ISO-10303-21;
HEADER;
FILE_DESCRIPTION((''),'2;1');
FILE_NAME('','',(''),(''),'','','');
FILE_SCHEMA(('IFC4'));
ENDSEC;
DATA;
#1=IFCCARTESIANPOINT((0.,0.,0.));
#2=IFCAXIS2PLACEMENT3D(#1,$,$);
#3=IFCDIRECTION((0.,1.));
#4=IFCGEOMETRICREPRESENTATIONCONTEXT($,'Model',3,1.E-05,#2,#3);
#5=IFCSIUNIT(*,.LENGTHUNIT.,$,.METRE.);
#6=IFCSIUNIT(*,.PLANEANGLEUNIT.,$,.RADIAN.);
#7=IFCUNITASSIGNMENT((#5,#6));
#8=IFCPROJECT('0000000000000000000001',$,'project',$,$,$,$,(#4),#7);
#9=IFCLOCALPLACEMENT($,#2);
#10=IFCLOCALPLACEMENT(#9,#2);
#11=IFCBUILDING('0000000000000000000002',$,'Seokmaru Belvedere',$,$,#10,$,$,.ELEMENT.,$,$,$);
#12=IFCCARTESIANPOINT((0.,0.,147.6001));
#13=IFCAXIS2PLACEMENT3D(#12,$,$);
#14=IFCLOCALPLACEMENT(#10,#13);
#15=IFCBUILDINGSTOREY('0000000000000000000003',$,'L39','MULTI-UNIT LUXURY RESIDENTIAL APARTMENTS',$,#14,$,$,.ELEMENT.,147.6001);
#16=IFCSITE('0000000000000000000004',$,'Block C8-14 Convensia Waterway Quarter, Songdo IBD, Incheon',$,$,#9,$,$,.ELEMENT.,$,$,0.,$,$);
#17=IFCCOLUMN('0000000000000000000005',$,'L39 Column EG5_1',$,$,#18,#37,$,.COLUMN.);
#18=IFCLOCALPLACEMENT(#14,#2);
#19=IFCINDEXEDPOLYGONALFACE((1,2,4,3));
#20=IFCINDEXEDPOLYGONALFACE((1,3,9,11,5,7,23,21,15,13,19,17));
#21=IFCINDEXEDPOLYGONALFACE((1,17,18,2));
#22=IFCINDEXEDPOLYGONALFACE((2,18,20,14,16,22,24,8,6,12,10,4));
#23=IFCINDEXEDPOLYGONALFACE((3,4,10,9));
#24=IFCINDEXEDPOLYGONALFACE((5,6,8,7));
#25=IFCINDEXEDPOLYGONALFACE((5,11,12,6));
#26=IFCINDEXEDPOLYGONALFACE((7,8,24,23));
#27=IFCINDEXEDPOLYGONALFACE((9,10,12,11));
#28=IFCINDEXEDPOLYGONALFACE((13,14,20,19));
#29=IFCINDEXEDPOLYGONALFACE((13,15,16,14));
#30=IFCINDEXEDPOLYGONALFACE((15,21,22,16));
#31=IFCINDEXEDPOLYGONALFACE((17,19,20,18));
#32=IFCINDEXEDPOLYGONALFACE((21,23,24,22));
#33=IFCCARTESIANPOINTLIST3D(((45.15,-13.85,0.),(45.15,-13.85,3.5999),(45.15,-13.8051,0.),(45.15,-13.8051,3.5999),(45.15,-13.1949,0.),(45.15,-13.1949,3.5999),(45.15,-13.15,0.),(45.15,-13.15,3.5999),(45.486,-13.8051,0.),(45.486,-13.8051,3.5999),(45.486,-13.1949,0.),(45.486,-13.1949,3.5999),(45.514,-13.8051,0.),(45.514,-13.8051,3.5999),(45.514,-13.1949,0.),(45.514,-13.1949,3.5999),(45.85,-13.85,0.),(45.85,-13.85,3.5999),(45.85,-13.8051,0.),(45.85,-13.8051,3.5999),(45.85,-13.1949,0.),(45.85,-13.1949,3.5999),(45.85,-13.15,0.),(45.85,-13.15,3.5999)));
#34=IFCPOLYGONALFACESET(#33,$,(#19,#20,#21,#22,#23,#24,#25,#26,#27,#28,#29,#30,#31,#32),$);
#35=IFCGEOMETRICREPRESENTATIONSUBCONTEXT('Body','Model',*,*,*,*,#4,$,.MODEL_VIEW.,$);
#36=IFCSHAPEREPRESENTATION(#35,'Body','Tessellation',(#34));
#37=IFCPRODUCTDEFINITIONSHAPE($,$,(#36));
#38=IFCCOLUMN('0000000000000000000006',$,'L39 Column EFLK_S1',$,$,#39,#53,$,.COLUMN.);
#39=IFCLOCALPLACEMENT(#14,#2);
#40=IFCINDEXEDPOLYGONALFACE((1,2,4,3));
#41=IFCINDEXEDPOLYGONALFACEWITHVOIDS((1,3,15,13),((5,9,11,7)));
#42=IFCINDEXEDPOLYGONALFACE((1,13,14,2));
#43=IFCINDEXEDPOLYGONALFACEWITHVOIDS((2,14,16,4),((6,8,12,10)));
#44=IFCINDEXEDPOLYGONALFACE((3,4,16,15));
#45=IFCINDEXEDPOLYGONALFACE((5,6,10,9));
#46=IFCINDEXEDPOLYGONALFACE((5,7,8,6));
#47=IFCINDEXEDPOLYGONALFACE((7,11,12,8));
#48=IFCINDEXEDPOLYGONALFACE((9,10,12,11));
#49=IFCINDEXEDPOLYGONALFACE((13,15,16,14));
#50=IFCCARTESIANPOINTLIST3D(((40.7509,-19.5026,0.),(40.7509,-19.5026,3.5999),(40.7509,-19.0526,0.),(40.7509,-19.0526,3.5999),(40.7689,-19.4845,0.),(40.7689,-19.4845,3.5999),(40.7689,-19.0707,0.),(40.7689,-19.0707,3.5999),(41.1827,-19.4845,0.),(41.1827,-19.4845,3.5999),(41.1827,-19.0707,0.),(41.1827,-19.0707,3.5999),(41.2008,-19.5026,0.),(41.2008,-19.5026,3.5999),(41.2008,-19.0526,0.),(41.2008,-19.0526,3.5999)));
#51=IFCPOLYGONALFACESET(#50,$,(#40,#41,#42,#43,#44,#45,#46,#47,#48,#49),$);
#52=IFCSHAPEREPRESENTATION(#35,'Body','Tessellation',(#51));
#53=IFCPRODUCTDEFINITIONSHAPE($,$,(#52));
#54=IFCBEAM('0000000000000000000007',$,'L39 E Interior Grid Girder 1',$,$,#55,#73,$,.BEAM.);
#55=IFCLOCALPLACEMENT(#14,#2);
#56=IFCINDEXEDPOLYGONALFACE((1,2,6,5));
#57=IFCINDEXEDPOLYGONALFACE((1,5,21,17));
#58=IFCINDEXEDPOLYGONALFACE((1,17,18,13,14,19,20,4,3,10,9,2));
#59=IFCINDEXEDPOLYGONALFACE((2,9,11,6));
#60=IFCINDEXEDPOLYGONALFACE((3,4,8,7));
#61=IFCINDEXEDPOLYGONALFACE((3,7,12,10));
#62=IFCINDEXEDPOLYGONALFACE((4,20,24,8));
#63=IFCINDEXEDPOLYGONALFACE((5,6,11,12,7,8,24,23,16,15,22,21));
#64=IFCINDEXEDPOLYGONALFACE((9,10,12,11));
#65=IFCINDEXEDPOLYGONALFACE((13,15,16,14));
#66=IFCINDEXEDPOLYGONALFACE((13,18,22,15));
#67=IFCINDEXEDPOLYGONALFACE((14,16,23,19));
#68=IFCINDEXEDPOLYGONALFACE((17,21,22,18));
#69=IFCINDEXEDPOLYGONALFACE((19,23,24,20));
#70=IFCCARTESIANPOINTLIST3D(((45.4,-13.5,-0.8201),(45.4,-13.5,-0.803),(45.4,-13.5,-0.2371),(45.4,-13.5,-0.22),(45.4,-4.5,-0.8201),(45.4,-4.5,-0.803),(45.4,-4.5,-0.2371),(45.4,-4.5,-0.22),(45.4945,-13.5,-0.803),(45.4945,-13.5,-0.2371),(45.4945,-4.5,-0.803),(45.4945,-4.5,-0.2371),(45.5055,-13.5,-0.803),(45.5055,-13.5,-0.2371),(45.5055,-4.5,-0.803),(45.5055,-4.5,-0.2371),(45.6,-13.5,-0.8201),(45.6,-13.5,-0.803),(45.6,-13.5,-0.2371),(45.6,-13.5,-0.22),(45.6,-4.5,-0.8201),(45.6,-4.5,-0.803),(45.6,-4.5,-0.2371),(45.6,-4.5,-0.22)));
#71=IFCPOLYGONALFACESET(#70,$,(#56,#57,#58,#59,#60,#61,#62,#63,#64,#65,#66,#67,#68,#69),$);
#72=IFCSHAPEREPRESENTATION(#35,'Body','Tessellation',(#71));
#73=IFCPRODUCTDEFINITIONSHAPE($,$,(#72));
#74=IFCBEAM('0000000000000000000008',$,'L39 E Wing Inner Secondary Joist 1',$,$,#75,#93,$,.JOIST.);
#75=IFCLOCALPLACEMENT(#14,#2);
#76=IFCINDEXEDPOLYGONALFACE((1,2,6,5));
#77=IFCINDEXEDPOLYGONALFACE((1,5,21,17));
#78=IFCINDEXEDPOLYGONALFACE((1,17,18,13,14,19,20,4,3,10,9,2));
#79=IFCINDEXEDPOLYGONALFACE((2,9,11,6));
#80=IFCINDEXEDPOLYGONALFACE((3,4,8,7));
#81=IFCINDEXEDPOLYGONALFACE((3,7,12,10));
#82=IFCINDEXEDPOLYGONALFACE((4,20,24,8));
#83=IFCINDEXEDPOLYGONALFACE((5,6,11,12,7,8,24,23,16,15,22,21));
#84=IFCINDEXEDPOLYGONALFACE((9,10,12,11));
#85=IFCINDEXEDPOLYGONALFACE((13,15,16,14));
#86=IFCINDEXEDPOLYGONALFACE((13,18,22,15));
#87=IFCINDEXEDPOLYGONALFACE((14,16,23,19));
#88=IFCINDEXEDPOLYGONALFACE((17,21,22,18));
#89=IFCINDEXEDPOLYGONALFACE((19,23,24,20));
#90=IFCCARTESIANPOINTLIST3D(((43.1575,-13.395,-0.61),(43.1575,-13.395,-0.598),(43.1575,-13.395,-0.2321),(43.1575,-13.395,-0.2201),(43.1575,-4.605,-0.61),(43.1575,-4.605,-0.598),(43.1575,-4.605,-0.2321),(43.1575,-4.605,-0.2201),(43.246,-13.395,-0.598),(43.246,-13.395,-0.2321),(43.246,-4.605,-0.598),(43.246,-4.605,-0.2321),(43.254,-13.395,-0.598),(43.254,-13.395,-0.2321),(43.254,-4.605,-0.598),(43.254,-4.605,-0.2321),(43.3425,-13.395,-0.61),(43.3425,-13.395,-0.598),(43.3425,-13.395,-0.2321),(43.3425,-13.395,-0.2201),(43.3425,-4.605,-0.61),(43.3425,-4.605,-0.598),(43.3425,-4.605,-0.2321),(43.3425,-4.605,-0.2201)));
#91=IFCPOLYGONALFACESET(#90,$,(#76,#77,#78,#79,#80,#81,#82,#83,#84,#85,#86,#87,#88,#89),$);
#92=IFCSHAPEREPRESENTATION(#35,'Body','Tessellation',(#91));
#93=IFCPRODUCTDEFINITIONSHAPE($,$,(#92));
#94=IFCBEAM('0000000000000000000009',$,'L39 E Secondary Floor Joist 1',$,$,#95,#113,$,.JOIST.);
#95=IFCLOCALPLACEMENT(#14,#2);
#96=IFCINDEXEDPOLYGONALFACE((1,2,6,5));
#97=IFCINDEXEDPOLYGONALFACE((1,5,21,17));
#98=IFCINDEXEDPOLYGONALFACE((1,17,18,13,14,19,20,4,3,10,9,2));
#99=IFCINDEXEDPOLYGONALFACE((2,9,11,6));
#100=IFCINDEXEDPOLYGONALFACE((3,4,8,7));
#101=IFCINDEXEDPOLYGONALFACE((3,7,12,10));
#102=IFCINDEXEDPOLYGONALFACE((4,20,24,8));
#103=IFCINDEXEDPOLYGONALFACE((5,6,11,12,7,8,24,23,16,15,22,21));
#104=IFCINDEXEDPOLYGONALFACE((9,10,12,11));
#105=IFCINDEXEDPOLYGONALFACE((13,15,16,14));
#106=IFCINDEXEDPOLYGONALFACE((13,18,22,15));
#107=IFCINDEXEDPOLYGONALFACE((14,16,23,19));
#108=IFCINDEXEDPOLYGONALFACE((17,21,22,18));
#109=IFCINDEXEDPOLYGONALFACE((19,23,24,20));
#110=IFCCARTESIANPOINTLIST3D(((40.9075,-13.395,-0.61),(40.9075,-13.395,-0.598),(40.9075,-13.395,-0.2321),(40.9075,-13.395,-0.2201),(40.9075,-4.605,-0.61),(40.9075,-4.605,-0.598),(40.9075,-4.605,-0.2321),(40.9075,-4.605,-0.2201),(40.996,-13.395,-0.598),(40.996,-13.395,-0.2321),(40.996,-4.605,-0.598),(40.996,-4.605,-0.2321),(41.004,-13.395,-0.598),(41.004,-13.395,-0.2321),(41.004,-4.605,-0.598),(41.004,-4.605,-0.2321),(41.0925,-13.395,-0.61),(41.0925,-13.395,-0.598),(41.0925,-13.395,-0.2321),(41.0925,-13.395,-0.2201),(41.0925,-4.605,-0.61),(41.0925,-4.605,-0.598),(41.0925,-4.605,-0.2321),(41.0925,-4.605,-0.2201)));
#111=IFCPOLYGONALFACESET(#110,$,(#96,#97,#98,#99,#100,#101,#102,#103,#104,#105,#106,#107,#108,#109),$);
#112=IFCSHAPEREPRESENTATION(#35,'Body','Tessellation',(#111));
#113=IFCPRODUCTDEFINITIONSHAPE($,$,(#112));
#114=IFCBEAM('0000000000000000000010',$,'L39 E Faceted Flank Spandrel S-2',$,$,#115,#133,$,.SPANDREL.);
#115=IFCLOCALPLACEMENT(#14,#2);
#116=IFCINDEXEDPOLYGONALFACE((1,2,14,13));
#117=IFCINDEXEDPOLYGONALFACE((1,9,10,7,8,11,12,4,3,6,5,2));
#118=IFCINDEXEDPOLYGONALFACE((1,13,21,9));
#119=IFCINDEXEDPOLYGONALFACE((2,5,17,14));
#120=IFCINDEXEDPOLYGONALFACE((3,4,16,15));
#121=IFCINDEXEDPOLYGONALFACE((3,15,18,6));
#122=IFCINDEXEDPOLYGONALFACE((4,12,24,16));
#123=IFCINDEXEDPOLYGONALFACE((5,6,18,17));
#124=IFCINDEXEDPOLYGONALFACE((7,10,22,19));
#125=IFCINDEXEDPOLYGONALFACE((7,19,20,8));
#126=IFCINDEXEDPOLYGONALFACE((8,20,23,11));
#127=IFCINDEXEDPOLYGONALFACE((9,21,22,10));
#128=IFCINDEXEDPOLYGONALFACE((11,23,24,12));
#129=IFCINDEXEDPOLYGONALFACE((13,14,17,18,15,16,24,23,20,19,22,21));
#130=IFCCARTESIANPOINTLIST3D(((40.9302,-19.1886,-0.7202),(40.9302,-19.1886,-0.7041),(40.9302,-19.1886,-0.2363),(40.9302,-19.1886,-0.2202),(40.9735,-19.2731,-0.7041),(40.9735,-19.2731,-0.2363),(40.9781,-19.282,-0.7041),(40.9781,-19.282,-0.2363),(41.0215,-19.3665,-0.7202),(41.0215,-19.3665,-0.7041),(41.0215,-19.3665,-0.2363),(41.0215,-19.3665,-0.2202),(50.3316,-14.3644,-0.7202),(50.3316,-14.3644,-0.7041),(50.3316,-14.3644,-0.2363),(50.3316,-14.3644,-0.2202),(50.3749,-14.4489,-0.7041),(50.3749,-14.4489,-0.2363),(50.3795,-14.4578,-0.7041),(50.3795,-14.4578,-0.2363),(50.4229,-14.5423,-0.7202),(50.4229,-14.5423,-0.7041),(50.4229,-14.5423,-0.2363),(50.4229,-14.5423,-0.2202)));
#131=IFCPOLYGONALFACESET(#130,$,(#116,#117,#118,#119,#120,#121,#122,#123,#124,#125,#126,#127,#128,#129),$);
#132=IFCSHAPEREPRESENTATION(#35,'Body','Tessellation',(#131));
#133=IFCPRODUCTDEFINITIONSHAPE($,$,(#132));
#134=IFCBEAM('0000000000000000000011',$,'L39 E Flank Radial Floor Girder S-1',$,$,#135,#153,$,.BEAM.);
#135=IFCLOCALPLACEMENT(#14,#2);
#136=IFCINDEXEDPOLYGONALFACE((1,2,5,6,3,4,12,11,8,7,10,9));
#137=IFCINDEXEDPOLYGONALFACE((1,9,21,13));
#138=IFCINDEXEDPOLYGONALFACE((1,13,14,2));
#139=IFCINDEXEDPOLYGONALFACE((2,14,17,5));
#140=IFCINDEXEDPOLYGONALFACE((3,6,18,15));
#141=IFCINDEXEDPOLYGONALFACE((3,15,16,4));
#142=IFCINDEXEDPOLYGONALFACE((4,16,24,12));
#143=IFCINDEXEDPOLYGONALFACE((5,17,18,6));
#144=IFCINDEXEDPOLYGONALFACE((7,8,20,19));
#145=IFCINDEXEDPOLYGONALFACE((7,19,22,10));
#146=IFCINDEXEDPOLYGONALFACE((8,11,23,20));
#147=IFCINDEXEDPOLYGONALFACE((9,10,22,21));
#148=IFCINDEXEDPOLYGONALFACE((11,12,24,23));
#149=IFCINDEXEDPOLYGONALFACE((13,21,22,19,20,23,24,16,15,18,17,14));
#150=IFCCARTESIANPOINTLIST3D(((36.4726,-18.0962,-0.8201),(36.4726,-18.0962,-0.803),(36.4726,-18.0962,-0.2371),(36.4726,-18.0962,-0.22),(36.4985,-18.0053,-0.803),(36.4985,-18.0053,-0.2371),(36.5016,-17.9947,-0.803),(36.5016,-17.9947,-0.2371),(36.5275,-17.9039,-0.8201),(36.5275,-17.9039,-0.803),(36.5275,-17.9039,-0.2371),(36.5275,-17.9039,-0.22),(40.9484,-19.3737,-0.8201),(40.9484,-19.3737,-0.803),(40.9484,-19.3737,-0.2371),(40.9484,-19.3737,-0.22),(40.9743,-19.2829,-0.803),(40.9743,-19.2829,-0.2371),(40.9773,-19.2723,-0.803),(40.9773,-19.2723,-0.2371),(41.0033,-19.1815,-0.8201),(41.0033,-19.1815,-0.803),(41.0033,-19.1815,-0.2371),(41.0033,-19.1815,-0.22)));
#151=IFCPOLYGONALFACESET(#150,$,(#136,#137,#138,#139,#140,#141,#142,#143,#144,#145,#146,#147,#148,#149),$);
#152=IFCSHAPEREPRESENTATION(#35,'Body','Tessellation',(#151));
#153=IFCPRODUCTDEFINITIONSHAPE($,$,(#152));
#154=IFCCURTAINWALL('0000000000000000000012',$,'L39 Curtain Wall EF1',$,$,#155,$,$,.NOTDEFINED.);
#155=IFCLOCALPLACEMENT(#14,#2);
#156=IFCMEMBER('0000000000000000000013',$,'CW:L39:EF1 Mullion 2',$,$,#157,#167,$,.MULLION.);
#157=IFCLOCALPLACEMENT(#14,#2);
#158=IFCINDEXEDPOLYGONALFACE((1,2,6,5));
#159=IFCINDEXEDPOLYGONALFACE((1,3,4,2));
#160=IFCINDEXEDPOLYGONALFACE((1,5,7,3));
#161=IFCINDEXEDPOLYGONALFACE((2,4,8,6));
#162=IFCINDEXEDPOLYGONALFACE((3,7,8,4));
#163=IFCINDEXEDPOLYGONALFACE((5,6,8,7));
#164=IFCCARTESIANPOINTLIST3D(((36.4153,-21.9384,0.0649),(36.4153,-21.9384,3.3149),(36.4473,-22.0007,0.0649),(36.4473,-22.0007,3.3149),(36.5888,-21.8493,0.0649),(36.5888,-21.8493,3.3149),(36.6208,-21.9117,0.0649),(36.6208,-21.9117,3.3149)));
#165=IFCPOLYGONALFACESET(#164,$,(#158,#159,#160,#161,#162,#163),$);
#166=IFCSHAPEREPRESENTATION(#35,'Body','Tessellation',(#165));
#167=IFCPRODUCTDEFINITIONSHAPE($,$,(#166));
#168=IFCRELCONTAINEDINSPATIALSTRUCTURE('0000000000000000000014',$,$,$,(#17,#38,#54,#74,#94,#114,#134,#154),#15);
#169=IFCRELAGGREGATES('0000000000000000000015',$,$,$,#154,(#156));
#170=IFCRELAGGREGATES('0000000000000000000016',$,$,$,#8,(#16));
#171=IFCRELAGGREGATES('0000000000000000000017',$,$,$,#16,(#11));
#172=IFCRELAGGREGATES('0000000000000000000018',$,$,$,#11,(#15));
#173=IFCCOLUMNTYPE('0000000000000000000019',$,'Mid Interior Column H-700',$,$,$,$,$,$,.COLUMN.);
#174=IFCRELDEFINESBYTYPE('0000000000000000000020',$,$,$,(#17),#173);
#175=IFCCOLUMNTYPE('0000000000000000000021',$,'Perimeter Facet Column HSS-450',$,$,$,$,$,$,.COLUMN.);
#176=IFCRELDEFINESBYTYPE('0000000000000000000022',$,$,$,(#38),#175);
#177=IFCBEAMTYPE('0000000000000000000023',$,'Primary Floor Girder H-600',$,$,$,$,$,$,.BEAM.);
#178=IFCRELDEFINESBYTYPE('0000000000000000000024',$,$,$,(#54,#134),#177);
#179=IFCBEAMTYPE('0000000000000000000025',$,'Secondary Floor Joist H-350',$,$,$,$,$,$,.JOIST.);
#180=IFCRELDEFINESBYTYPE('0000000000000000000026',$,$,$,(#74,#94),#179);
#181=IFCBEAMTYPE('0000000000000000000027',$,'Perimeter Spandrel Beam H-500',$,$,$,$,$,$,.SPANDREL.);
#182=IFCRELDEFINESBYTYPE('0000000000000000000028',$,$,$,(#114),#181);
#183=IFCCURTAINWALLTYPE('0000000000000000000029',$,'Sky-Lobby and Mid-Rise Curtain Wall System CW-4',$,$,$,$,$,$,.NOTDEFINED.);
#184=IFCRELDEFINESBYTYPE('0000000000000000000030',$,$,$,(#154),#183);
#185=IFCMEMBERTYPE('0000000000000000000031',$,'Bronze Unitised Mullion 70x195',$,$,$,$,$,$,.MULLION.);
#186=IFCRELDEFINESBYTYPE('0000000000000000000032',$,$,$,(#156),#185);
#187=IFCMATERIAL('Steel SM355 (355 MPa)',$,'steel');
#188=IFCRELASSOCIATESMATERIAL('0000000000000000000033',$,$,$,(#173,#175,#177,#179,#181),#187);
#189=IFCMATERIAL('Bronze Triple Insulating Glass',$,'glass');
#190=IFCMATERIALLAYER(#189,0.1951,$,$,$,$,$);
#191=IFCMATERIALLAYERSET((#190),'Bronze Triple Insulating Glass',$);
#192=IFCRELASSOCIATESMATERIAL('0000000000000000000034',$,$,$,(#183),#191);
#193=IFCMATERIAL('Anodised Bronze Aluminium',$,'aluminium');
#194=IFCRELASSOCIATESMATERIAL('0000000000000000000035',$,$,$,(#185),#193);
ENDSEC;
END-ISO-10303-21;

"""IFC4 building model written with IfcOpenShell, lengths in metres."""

from ifc_helpers import new_model, si_unit, direction, frame, origin, origin_2d, place, context, subcontext, project, spatial, rectangle, hollow_rectangle, i_section, extrude, source, transform, mapped, material, layer, layer_set, material_profile, profile_set, type_object, type_shapes, element, aggregate, save


model = new_model("IFC4")

# Units and contexts
model_context = context("Model", 3, precision=1e-05, world=origin(), true_north=direction((0.0, 1.0)))
body_context = subcontext(model_context, "Body", "Model", "MODEL_VIEW")
ifc_project = project(units=[si_unit("LENGTHUNIT", "METRE"), si_unit("PLANEANGLEUNIT", "RADIAN")], contexts=[model_context])

# Site, building, storey
site_placement = place(None, origin())
site = spatial("IfcSite", under=ifc_project, at=site_placement, Name="Block C8-14 Convensia Waterway Quarter, Songdo IBD, Incheon", CompositionType="ELEMENT", RefElevation=0.0)
building_placement = place(site_placement, origin())
building = spatial("IfcBuilding", under=site, at=building_placement, Name="Seokmaru Belvedere", CompositionType="ELEMENT")
storey_placement = place(building_placement, frame((0.0, 0.0, 147.6001)))
storey = spatial("IfcBuildingStorey", under=building, at=storey_placement, Name="L39", Description="MULTI-UNIT LUXURY RESIDENTIAL APARTMENTS", CompositionType="ELEMENT", Elevation=147.6001)

# Columns
ifc_material_1 = material(Name="Steel SM355 (355 MPa)", Category="steel")
ifc_material_profile_1 = material_profile(ifc_material_1, i_section(OverallWidth=0.7, OverallDepth=0.7, WebThickness=0.0281, FlangeThickness=0.0449, at=origin_2d()), Name="H-700x700x28x45")
ifc_profile_set_1 = profile_set([ifc_material_profile_1], Name="Steel SM355 (355 MPa)")
column_type_1 = type_object("IfcColumnType", Name="Mid Interior Column H-700", PredefinedType="COLUMN", material=ifc_profile_set_1)
shared_shape_1 = source(origin(), body_context, "Body", "SweptSolid", [
    extrude(i_section(OverallWidth=0.7, OverallDepth=0.7, WebThickness=0.0281, FlangeThickness=0.0449, at=origin_2d()), origin(), (0.0, 0.0, 1.0), 3.5999),
])
type_shapes(column_type_1, [shared_shape_1])
column_1_placement = place(storey_placement, frame((45.5, -13.5, 0.0), z_axis=(0.0, 0.0, 1.0), x_axis=(1.0, 0.0, 0.0)))
element("IfcColumn", 1, at=column_1_placement, inside=storey, type_object=column_type_1, Name="L39 Column EG5_1", PredefinedType="COLUMN", context=body_context, shape_type="MappedRepresentation", body=[
    mapped(shared_shape_1, transform((0.0, 0.0, 0.0), scale=1.0)),
])
ifc_material_profile_2 = material_profile(ifc_material_1, hollow_rectangle(XDim=0.45, YDim=0.45, WallThickness=0.0181, at=origin_2d()), Name="HSS-450x450x18")
ifc_profile_set_2 = profile_set([ifc_material_profile_2], Name="Steel SM355 (355 MPa)")
column_type_2 = type_object("IfcColumnType", Name="Perimeter Facet Column HSS-450", PredefinedType="COLUMN", material=ifc_profile_set_2)
shared_shape_2 = source(origin(), body_context, "Body", "SweptSolid", [
    extrude(hollow_rectangle(XDim=0.45, YDim=0.45, WallThickness=0.0181, at=origin_2d()), origin(), (0.0, 0.0, 1.0), 3.5999),
])
type_shapes(column_type_2, [shared_shape_2])
column_2_placement = place(storey_placement, frame((40.9758, -19.2776, 0.0), z_axis=(0.0, 0.0, 1.0), x_axis=(1.0, 0.0, 0.0)))
element("IfcColumn", 2, at=column_2_placement, inside=storey, type_object=column_type_2, Name="L39 Column EFLK_S1", PredefinedType="COLUMN", context=body_context, shape_type="MappedRepresentation", body=[
    mapped(shared_shape_2, transform((0.0, 0.0, 0.0), scale=1.0)),
])

# Beams
ifc_material_profile_3 = material_profile(ifc_material_1, i_section(OverallWidth=0.2, OverallDepth=0.6001, WebThickness=0.011, FlangeThickness=0.0171, at=origin_2d()), Name="H-600x200x11x17")
ifc_profile_set_3 = profile_set([ifc_material_profile_3], Name="Steel SM355 (355 MPa)")
beam_type_1 = type_object("IfcBeamType", Name="Primary Floor Girder H-600", PredefinedType="BEAM", material=ifc_profile_set_3)
shared_shape_3 = source(origin(), body_context, "Body", "SweptSolid", [
    extrude(i_section(OverallWidth=0.2, OverallDepth=0.6001, WebThickness=0.011, FlangeThickness=0.0171, at=origin_2d()), origin(), (0.0, 0.0, 1.0), 9.0),
])
beam_1_placement = place(storey_placement, frame((45.5, -13.5, -0.52), z_axis=(0.0, 1.0, 0.0), x_axis=(-1.0, 0.0, 0.0)))
element("IfcBeam", 3, at=beam_1_placement, inside=storey, type_object=beam_type_1, Name="L39 E Interior Grid Girder 1", PredefinedType="BEAM", context=body_context, shape_type="MappedRepresentation", body=[
    mapped(shared_shape_3, transform((0.0, 0.0, 0.0), scale=1.0)),
])
ifc_material_profile_4 = material_profile(ifc_material_1, i_section(OverallWidth=0.1851, OverallDepth=0.3899, WebThickness=0.0081, FlangeThickness=0.012, at=origin_2d()), Name="H-390x185x8x12")
ifc_profile_set_4 = profile_set([ifc_material_profile_4], Name="Steel SM355 (355 MPa)")
beam_type_2 = type_object("IfcBeamType", Name="Secondary Floor Joist H-350", PredefinedType="JOIST", material=ifc_profile_set_4)
shared_shape_4 = source(origin(), body_context, "Body", "SweptSolid", [
    extrude(i_section(OverallWidth=0.1851, OverallDepth=0.3899, WebThickness=0.0081, FlangeThickness=0.012, at=origin_2d()), origin(), (0.0, 0.0, 1.0), 8.79),
])
type_shapes(beam_type_2, [shared_shape_4])
for number, where, z_axis, x_axis, name in (
    (4, (43.25, -13.395, -0.415), (0.0, 1.0, 0.0), (-1.0, 0.0, 0.0), "L39 E Wing Inner Secondary Joist 1"),
    (5, (41.0, -13.395, -0.415), (0.0, 1.0, 0.0), (-1.0, 0.0, 0.0), "L39 E Secondary Floor Joist 1"),
):
    element("IfcBeam", number, at=place(storey_placement, frame(where, z_axis=z_axis, x_axis=x_axis)), inside=storey, type_object=beam_type_2, Name=name, PredefinedType="JOIST", context=body_context, shape_type="MappedRepresentation", body=[
        mapped(shared_shape_4, transform((0.0, 0.0, 0.0), scale=1.0)),
    ])
ifc_material_profile_5 = material_profile(ifc_material_1, i_section(OverallWidth=0.2, OverallDepth=0.5, WebThickness=0.01, FlangeThickness=0.0161, at=origin_2d()), Name="H-500x200x10x16")
ifc_profile_set_5 = profile_set([ifc_material_profile_5], Name="Steel SM355 (355 MPa)")
beam_type_3 = type_object("IfcBeamType", Name="Perimeter Spandrel Beam H-500", PredefinedType="SPANDREL", material=ifc_profile_set_5)
shared_shape_5 = source(origin(), body_context, "Body", "SweptSolid", [
    extrude(i_section(OverallWidth=0.2, OverallDepth=0.5, WebThickness=0.01, FlangeThickness=0.0161, at=origin_2d()), origin(), (0.0, 0.0, 1.0), 10.5669),
])
type_shapes(beam_type_3, [shared_shape_5])
beam_2_placement = place(storey_placement, frame((40.9758, -19.2776, -0.4702), z_axis=(0.889702, 0.456542, 0.0), x_axis=(-0.456542, 0.889702, 0.0)))
element("IfcBeam", 6, at=beam_2_placement, inside=storey, type_object=beam_type_3, Name="L39 E Faceted Flank Spandrel S-2", PredefinedType="SPANDREL", context=body_context, shape_type="MappedRepresentation", body=[
    mapped(shared_shape_5, transform((0.0, 0.0, 0.0), scale=1.0)),
])
shared_shape_6 = source(origin(), body_context, "Body", "SweptSolid", [
    extrude(i_section(OverallWidth=0.2, OverallDepth=0.6001, WebThickness=0.011, FlangeThickness=0.0171, at=origin_2d()), origin(), (0.0, 0.0, 1.0), 4.6545),
])
type_shapes(beam_type_1, [shared_shape_3, shared_shape_6])
beam_3_placement = place(storey_placement, frame((40.9758, -19.2776, -0.52), z_axis=(-0.961593, 0.274479, 0.0), x_axis=(-0.274479, -0.961593, 0.0)))
element("IfcBeam", 7, at=beam_3_placement, inside=storey, type_object=beam_type_1, Name="L39 E Flank Radial Floor Girder S-1", PredefinedType="BEAM", context=body_context, shape_type="MappedRepresentation", body=[
    mapped(shared_shape_6, transform((0.0, 0.0, 0.0), scale=1.0)),
])

# Curtain wall, member
ifc_material_2 = material(Name="Bronze Triple Insulating Glass", Category="glass")
ifc_layer_1 = layer(ifc_material_2, 0.1951)
ifc_layer_set_1 = layer_set([ifc_layer_1], Name="Bronze Triple Insulating Glass")
curtain_wall_type = type_object("IfcCurtainWallType", Name="Sky-Lobby and Mid-Rise Curtain Wall System CW-4", PredefinedType="NOTDEFINED", material=ifc_layer_set_1)
curtain_wall_placement = place(storey_placement, origin())
curtain_wall = element("IfcCurtainWall", 8, at=curtain_wall_placement, inside=storey, type_object=curtain_wall_type, Name="L39 Curtain Wall EF1", PredefinedType="NOTDEFINED")
ifc_material_3 = material(Name="Anodised Bronze Aluminium", Category="aluminium")
ifc_material_profile_6 = material_profile(ifc_material_3, rectangle(XDim=0.0701, YDim=0.1951, at=origin_2d()), Name="CW-M-70x195")
ifc_profile_set_6 = profile_set([ifc_material_profile_6], Name="Anodised Bronze Aluminium")
member_type = type_object("IfcMemberType", Name="Bronze Unitised Mullion 70x195", PredefinedType="MULLION", material=ifc_profile_set_6)
shared_shape_7 = source(origin(), body_context, "Body", "SweptSolid", [
    extrude(rectangle(XDim=0.0701, YDim=0.1951, at=origin_2d()), origin(), (0.0, 0.0, 1.0), 3.25),
])
type_shapes(member_type, [shared_shape_7])
member_1_placement = place(storey_placement, frame((36.5181, -21.925, 0.0649), z_axis=(0.0, 0.0, 1.0), x_axis=(-0.456555, 0.889695, 0.0)))
member_1 = element("IfcMember", 9, at=member_1_placement, type_object=member_type, Name="CW:L39:EF1 Mullion 2", PredefinedType="MULLION", context=body_context, shape_type="MappedRepresentation", body=[
    mapped(shared_shape_7, transform((0.0, 0.0, 0.0), scale=1.0)),
])
aggregate(curtain_wall, [member_1])

save(model, "model.ifc")
